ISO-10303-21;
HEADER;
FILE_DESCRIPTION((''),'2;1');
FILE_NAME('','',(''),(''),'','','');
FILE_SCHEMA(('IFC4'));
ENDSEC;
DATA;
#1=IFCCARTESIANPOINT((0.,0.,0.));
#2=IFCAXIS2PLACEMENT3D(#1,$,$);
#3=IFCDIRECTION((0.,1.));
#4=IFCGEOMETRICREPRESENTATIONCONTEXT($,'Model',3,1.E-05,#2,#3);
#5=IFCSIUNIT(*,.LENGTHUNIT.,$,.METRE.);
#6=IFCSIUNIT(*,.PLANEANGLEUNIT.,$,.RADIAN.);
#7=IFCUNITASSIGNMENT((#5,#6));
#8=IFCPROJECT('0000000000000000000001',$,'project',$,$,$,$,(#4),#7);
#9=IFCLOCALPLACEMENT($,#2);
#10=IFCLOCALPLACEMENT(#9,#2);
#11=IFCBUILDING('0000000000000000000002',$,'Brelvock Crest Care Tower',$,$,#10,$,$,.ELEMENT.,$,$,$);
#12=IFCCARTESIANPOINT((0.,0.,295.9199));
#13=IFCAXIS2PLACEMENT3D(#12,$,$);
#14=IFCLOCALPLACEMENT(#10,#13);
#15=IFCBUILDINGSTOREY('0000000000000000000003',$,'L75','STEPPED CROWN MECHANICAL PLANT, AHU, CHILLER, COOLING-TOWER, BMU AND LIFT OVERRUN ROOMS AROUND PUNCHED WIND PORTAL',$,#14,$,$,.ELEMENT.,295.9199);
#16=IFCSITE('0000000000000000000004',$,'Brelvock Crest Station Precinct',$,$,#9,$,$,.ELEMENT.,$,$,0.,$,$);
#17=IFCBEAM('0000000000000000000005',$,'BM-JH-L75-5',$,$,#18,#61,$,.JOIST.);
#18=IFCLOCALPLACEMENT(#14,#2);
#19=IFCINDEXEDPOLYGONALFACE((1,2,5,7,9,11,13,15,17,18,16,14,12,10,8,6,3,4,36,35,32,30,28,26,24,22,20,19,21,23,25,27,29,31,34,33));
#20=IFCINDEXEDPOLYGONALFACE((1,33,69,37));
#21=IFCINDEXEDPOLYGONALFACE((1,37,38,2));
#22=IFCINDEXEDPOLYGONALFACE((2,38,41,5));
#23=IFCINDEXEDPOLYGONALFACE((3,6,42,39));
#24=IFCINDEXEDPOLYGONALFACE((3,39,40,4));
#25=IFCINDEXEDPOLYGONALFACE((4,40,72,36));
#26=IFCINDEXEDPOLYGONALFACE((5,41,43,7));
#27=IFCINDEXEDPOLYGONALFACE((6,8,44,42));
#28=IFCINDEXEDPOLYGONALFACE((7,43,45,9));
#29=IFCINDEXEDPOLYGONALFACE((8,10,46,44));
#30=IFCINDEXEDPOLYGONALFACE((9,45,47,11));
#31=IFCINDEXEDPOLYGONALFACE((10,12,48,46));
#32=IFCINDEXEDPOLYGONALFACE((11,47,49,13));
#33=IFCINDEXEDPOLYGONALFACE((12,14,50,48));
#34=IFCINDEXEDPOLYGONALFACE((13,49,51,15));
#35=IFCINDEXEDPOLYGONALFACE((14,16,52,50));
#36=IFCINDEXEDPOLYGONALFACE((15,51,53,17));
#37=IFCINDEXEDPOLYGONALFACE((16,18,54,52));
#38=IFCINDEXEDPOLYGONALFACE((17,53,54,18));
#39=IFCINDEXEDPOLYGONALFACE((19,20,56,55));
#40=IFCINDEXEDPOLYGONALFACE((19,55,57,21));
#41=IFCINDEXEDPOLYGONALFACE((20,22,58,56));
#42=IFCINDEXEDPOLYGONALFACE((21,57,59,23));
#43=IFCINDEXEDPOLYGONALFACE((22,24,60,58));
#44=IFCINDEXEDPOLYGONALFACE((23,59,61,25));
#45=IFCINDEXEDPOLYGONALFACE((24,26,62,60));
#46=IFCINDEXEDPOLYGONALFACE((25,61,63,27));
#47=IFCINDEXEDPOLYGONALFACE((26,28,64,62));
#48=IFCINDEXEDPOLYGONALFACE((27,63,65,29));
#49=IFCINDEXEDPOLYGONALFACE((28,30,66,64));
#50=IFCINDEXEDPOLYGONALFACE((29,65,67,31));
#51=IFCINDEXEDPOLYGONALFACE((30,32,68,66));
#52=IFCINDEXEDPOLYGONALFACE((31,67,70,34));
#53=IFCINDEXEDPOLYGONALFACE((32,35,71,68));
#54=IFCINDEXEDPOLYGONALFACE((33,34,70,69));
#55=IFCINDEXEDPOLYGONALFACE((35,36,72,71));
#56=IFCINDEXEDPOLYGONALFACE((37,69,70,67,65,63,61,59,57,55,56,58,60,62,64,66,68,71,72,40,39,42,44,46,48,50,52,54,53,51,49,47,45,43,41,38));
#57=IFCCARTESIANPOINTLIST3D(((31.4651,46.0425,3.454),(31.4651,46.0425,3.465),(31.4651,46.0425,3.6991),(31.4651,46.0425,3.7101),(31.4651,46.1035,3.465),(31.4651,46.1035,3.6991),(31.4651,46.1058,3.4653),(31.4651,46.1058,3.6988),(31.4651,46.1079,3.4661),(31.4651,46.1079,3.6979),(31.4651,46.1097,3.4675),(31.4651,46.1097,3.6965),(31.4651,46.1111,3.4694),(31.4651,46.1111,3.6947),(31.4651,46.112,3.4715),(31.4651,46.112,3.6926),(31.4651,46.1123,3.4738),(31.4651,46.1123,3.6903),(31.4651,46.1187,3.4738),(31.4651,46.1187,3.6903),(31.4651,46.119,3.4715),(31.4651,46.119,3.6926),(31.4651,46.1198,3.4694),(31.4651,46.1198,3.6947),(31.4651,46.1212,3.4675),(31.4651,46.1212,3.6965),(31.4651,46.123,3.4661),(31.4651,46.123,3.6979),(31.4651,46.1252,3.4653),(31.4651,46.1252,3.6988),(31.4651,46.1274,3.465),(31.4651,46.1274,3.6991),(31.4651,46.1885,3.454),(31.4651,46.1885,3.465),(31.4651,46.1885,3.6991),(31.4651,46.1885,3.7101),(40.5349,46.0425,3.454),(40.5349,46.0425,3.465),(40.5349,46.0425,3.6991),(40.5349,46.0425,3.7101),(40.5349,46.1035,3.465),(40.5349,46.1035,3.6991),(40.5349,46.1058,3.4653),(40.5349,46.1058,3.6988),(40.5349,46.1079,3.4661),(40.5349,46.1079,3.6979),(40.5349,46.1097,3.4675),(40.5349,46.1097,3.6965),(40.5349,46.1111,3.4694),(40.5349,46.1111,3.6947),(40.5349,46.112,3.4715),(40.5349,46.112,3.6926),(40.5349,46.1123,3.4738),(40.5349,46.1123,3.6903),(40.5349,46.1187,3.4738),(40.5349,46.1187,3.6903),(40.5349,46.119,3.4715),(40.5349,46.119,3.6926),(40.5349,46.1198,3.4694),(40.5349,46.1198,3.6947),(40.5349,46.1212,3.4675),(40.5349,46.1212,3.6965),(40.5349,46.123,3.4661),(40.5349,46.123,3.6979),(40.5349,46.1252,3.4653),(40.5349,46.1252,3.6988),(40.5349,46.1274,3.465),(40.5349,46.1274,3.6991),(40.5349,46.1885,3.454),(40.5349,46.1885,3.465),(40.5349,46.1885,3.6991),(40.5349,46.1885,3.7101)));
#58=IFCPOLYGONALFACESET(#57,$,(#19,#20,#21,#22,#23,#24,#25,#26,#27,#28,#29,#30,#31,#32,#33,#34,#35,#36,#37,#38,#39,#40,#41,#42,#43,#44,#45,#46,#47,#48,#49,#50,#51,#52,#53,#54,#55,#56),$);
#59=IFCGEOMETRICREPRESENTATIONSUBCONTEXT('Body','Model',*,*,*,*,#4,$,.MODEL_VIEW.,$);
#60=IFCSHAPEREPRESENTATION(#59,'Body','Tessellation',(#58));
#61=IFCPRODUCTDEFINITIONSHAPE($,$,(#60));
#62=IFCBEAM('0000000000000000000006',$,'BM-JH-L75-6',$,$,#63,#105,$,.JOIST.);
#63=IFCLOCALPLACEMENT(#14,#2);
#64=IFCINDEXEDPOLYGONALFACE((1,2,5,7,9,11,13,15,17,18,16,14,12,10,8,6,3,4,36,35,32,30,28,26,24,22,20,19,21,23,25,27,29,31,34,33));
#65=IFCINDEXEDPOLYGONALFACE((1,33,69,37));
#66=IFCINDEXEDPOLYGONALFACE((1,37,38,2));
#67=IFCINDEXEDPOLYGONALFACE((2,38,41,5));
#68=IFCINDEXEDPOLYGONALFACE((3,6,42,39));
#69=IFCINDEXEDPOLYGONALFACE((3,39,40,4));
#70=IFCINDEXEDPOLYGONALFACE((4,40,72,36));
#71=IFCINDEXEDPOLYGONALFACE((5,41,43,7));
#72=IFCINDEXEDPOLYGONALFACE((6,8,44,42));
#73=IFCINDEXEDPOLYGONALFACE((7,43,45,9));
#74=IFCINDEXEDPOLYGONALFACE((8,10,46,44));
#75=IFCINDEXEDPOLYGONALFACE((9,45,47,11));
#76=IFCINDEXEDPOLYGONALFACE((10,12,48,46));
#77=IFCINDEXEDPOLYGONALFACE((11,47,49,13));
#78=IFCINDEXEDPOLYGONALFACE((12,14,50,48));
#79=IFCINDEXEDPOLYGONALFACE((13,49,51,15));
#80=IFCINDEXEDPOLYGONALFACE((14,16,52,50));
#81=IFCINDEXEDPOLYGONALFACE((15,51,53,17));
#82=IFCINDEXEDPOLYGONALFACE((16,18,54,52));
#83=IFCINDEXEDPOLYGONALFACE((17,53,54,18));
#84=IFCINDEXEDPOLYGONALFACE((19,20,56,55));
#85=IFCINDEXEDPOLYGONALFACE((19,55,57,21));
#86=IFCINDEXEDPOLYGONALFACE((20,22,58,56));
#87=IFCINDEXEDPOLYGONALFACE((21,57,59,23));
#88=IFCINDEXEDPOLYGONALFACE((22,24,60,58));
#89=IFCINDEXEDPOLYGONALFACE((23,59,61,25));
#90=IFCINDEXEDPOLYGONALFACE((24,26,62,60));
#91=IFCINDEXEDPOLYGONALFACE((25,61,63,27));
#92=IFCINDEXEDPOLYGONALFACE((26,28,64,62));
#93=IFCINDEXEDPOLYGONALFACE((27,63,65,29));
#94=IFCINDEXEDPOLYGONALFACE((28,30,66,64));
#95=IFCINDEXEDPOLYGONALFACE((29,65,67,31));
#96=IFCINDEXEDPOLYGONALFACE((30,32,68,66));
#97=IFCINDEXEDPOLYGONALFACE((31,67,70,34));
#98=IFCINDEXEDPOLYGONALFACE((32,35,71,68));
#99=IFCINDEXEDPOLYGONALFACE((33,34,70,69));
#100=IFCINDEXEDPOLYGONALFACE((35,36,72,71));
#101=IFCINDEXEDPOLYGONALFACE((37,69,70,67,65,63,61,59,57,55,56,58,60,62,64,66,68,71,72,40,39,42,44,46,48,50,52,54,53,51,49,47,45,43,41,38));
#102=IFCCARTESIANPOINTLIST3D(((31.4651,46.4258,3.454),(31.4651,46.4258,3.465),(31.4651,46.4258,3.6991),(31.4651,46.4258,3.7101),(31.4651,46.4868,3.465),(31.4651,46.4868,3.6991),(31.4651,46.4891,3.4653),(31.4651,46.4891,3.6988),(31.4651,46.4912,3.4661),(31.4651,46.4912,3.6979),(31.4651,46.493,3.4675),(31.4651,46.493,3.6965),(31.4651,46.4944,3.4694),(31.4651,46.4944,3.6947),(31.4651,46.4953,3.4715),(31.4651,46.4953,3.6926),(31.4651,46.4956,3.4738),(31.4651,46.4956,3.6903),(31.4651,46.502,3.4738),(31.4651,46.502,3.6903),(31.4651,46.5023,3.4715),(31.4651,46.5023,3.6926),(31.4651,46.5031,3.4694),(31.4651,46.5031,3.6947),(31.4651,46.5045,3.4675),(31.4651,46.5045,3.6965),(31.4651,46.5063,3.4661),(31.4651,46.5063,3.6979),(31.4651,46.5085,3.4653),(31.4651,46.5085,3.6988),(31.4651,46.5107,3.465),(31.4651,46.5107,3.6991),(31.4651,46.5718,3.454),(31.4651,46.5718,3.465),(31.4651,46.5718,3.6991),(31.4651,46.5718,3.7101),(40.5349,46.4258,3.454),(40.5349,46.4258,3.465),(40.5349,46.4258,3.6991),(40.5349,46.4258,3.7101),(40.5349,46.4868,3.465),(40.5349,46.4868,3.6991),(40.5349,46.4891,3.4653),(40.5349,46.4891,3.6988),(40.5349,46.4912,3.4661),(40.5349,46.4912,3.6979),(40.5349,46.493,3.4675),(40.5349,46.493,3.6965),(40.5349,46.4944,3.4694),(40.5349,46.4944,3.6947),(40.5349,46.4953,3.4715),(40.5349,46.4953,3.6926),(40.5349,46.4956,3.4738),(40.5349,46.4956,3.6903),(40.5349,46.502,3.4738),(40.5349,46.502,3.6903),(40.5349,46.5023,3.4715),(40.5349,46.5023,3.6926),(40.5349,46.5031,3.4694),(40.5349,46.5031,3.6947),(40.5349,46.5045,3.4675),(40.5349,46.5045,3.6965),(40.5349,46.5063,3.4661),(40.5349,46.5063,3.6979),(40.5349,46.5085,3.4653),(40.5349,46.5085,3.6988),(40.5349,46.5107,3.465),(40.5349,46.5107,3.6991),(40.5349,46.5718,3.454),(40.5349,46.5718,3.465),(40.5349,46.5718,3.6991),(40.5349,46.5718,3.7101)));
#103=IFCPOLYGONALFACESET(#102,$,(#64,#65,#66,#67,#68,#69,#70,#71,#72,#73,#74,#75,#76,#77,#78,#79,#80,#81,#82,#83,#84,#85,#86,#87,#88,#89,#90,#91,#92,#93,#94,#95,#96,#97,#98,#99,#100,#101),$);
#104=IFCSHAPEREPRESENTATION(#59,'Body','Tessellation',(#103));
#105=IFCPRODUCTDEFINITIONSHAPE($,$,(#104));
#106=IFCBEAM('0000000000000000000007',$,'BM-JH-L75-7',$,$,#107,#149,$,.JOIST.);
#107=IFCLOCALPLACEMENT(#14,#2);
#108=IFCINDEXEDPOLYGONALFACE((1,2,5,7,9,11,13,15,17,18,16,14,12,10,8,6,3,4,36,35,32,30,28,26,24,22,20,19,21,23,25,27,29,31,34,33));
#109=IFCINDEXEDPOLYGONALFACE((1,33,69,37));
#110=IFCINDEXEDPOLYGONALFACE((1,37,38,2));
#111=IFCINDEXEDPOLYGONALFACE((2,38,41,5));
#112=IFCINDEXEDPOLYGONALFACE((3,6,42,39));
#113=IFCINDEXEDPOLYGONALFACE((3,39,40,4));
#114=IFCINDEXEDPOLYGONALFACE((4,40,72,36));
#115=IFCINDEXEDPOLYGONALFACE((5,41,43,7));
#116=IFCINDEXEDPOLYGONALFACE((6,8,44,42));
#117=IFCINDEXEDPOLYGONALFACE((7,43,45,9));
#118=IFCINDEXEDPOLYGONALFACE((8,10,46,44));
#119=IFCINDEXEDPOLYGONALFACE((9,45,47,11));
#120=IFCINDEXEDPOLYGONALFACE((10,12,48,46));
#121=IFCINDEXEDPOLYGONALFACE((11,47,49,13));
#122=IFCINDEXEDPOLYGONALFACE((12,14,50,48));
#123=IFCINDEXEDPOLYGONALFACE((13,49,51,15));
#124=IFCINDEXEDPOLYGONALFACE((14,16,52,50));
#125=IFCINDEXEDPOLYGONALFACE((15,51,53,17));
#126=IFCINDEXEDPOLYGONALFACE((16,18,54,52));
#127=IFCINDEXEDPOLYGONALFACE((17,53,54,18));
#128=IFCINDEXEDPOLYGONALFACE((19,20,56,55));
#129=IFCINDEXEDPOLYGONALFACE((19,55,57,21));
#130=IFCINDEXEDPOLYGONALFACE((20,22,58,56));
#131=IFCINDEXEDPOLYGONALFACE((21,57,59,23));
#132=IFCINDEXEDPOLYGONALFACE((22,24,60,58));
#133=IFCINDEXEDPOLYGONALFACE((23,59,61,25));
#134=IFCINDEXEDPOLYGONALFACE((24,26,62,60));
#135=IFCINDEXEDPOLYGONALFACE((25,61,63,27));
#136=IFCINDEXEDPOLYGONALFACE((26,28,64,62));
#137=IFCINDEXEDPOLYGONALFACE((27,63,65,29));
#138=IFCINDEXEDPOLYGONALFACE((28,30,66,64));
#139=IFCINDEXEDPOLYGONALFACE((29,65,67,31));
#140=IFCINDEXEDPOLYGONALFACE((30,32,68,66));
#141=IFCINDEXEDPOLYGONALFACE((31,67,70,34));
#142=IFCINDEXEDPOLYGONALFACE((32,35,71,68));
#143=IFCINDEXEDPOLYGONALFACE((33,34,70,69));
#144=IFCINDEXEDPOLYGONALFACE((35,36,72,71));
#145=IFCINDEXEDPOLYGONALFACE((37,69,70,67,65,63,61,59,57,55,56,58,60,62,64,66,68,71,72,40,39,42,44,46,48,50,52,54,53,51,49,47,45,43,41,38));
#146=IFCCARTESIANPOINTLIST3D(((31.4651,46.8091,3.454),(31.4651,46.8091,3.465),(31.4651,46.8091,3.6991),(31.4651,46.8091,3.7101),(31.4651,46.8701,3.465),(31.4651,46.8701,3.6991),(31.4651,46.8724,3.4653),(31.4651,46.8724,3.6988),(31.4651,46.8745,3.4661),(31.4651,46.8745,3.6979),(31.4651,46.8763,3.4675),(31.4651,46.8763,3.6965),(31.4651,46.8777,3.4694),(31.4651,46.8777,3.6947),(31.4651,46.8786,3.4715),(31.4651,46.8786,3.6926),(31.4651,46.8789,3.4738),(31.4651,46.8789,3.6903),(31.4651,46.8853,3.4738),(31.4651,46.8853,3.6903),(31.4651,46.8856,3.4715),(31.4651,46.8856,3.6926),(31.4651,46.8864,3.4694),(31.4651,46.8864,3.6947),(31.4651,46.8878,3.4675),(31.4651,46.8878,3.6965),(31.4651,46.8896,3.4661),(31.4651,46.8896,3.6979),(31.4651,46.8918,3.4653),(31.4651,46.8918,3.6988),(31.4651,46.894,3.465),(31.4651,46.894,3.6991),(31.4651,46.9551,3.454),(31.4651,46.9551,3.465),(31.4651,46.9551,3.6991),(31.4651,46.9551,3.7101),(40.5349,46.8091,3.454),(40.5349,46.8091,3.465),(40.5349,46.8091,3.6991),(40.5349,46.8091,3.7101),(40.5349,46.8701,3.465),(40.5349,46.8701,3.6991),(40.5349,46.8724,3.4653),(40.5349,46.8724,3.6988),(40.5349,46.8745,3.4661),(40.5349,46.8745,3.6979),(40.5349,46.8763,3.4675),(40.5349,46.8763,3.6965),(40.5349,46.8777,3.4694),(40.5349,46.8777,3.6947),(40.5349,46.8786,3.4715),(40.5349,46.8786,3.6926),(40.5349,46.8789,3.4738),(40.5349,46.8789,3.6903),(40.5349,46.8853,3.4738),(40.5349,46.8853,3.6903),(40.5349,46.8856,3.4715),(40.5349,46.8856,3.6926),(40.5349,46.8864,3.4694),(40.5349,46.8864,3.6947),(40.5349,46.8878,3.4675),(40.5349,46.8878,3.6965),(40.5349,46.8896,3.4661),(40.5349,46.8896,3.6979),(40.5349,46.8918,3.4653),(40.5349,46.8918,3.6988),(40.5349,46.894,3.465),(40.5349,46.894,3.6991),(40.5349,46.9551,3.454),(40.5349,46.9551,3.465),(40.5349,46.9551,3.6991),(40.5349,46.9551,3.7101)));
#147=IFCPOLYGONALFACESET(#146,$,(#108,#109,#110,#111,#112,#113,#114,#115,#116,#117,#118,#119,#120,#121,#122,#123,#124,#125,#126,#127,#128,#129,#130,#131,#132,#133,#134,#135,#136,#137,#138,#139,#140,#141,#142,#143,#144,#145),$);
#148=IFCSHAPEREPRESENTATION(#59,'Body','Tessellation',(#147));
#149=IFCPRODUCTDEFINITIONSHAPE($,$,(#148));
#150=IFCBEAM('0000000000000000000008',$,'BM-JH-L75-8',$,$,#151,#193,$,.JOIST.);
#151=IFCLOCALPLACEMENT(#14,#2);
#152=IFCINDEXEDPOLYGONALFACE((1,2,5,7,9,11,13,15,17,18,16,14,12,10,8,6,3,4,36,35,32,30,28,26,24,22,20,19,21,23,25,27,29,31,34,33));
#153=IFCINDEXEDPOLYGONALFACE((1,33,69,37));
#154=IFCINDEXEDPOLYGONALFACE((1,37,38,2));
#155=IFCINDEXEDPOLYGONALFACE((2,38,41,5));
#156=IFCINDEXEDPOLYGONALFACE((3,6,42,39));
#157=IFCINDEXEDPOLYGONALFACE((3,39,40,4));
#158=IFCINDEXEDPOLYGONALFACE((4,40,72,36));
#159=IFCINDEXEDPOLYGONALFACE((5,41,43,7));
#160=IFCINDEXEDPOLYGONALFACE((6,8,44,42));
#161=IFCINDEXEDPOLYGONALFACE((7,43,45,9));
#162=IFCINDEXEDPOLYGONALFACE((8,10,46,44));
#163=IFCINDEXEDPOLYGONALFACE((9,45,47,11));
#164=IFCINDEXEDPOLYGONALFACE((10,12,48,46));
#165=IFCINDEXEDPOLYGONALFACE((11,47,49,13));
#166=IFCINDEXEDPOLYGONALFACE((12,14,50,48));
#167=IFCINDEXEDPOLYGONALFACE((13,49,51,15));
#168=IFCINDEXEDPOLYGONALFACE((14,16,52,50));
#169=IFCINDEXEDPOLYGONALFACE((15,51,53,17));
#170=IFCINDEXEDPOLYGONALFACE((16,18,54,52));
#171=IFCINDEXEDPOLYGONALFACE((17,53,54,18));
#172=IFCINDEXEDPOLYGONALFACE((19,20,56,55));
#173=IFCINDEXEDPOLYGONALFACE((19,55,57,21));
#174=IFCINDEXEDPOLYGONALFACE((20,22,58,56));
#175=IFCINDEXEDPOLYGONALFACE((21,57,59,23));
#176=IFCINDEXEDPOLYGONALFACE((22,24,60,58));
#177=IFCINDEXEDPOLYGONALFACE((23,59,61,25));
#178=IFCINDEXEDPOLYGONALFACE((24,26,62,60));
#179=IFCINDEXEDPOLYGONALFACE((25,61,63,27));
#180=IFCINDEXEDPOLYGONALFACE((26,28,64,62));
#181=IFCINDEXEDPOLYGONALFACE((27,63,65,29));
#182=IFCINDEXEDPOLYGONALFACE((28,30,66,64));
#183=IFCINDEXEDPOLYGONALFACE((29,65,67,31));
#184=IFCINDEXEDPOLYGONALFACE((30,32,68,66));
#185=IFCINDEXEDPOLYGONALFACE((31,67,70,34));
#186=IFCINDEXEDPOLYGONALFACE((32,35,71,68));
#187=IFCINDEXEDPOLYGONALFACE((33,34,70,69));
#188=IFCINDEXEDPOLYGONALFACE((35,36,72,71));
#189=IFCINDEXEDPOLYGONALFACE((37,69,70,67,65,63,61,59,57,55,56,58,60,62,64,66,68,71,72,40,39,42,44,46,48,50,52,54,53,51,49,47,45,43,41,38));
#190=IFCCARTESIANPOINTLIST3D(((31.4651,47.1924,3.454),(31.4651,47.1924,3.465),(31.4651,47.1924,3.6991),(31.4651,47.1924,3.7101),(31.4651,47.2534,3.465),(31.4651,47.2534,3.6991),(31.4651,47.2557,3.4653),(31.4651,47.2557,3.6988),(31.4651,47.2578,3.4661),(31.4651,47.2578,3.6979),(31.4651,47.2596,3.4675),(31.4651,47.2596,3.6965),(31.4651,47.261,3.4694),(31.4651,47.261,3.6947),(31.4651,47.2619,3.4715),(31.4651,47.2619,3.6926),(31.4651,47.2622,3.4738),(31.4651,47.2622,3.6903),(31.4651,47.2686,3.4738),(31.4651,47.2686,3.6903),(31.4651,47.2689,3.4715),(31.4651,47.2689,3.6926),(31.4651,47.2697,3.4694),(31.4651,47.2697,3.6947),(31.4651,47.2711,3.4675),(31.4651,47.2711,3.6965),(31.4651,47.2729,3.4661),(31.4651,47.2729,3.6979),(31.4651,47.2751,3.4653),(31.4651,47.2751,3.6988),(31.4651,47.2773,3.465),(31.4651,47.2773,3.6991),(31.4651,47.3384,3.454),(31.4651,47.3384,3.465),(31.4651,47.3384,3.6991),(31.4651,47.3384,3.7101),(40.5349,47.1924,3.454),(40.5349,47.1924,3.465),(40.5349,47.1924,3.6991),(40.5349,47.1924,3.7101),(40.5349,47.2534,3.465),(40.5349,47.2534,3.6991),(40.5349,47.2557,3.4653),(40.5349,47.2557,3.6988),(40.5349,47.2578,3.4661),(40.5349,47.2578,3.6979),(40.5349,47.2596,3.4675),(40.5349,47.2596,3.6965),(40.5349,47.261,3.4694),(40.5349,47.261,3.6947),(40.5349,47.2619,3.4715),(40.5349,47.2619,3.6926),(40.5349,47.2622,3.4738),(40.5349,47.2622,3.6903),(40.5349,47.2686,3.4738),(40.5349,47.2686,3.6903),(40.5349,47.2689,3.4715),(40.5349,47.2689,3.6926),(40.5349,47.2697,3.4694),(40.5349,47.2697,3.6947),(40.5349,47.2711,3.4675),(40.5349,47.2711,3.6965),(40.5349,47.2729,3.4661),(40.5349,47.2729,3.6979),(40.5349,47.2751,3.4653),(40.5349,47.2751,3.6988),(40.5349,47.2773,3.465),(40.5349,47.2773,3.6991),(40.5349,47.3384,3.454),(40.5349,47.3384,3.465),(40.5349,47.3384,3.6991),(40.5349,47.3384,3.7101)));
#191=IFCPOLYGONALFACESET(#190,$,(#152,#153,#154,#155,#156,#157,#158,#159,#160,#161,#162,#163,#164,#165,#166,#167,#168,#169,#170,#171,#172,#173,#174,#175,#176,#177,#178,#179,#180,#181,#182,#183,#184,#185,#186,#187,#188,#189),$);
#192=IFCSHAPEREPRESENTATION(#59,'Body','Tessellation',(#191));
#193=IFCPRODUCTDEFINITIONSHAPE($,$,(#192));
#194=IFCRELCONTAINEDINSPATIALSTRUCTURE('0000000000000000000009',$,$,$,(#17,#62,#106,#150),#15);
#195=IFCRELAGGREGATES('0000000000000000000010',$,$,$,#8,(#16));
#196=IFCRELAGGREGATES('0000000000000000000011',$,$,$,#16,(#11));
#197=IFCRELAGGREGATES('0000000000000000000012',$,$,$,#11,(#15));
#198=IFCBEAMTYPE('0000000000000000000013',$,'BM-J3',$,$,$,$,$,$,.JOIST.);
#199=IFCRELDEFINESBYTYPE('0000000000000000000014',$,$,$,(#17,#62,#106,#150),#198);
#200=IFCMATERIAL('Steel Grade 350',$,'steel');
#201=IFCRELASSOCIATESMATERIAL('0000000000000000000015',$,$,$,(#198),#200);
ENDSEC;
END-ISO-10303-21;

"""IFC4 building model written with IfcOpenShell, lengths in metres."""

from ifc_helpers import new_model, si_unit, direction, frame, origin, origin_2d, place, context, subcontext, project, spatial, i_section, extrude, source, transform, mapped, material, material_profile, profile_set, type_object, element, save


model = new_model("IFC4")

# Units and contexts
model_context = context("Model", 3, precision=1e-05, world=origin(), true_north=direction((0.0, 1.0)))
body_context = subcontext(model_context, "Body", "Model", "MODEL_VIEW")
ifc_project = project(units=[si_unit("LENGTHUNIT", "METRE"), si_unit("PLANEANGLEUNIT", "RADIAN")], contexts=[model_context])

# Site, building, storey
site_placement = place(None, origin())
site = spatial("IfcSite", under=ifc_project, at=site_placement, Name="Brelvock Crest Station Precinct", CompositionType="ELEMENT", RefElevation=0.0)
building_placement = place(site_placement, origin())
building = spatial("IfcBuilding", under=site, at=building_placement, Name="Brelvock Crest Care Tower", CompositionType="ELEMENT")
storey_placement = place(building_placement, frame((0.0, 0.0, 295.9199)))
storey = spatial("IfcBuildingStorey", under=building, at=storey_placement, Name="L75", Description="STEPPED CROWN MECHANICAL PLANT, AHU, CHILLER, COOLING-TOWER, BMU AND LIFT OVERRUN ROOMS AROUND PUNCHED WIND PORTAL", CompositionType="ELEMENT", Elevation=295.9199)

# Shared definitions
ifc_material_1 = material(Name="Steel Grade 350", Category="steel")

# Beams
ifc_material_profile_1 = material_profile(ifc_material_1, i_section(OverallWidth=0.146, OverallDepth=0.2561, WebThickness=0.0063, FlangeThickness=0.011, FilletRadius=0.0088, at=origin_2d()), Name="250UB37.3")
ifc_profile_set_1 = profile_set([ifc_material_profile_1], Name="Steel Grade 350")
beam_type_1 = type_object("IfcBeamType", Name="BM-J3", PredefinedType="JOIST", material=ifc_profile_set_1)
shared_shape_1 = source(origin(), body_context, "Body", "SweptSolid", [
    extrude(i_section(OverallWidth=0.146, OverallDepth=0.2561, WebThickness=0.0063, FlangeThickness=0.011, FilletRadius=0.0088, at=origin_2d()), origin(), (0.0, 0.0, 1.0), 9.0698),
])
for number, where, z_axis, x_axis, name in (
    (1, (31.4651, 46.1155, 3.582), (1.0, 0.0, 0.0), (0.0, 1.0, 0.0), "BM-JH-L75-5"),
    (2, (31.4651, 46.4988, 3.582), (1.0, 0.0, 0.0), (0.0, 1.0, 0.0), "BM-JH-L75-6"),
    (3, (31.4651, 46.8821, 3.582), (1.0, 0.0, 0.0), (0.0, 1.0, 0.0), "BM-JH-L75-7"),
    (4, (31.4651, 47.2654, 3.582), (1.0, 0.0, 0.0), (0.0, 1.0, 0.0), "BM-JH-L75-8"),
):
    element("IfcBeam", number, at=place(storey_placement, frame(where, z_axis=z_axis, x_axis=x_axis)), inside=storey, type_object=beam_type_1, Name=name, PredefinedType="JOIST", context=body_context, shape_type="MappedRepresentation", body=[
        mapped(shared_shape_1, transform((0.0, 0.0, 0.0), x_axis=(1.0, 0.0, 0.0), y_axis=(0.0, 1.0, 0.0), z_axis=(0.0, 0.0, 1.0), scale=1.0)),
    ])

save(model, "model.ifc")
